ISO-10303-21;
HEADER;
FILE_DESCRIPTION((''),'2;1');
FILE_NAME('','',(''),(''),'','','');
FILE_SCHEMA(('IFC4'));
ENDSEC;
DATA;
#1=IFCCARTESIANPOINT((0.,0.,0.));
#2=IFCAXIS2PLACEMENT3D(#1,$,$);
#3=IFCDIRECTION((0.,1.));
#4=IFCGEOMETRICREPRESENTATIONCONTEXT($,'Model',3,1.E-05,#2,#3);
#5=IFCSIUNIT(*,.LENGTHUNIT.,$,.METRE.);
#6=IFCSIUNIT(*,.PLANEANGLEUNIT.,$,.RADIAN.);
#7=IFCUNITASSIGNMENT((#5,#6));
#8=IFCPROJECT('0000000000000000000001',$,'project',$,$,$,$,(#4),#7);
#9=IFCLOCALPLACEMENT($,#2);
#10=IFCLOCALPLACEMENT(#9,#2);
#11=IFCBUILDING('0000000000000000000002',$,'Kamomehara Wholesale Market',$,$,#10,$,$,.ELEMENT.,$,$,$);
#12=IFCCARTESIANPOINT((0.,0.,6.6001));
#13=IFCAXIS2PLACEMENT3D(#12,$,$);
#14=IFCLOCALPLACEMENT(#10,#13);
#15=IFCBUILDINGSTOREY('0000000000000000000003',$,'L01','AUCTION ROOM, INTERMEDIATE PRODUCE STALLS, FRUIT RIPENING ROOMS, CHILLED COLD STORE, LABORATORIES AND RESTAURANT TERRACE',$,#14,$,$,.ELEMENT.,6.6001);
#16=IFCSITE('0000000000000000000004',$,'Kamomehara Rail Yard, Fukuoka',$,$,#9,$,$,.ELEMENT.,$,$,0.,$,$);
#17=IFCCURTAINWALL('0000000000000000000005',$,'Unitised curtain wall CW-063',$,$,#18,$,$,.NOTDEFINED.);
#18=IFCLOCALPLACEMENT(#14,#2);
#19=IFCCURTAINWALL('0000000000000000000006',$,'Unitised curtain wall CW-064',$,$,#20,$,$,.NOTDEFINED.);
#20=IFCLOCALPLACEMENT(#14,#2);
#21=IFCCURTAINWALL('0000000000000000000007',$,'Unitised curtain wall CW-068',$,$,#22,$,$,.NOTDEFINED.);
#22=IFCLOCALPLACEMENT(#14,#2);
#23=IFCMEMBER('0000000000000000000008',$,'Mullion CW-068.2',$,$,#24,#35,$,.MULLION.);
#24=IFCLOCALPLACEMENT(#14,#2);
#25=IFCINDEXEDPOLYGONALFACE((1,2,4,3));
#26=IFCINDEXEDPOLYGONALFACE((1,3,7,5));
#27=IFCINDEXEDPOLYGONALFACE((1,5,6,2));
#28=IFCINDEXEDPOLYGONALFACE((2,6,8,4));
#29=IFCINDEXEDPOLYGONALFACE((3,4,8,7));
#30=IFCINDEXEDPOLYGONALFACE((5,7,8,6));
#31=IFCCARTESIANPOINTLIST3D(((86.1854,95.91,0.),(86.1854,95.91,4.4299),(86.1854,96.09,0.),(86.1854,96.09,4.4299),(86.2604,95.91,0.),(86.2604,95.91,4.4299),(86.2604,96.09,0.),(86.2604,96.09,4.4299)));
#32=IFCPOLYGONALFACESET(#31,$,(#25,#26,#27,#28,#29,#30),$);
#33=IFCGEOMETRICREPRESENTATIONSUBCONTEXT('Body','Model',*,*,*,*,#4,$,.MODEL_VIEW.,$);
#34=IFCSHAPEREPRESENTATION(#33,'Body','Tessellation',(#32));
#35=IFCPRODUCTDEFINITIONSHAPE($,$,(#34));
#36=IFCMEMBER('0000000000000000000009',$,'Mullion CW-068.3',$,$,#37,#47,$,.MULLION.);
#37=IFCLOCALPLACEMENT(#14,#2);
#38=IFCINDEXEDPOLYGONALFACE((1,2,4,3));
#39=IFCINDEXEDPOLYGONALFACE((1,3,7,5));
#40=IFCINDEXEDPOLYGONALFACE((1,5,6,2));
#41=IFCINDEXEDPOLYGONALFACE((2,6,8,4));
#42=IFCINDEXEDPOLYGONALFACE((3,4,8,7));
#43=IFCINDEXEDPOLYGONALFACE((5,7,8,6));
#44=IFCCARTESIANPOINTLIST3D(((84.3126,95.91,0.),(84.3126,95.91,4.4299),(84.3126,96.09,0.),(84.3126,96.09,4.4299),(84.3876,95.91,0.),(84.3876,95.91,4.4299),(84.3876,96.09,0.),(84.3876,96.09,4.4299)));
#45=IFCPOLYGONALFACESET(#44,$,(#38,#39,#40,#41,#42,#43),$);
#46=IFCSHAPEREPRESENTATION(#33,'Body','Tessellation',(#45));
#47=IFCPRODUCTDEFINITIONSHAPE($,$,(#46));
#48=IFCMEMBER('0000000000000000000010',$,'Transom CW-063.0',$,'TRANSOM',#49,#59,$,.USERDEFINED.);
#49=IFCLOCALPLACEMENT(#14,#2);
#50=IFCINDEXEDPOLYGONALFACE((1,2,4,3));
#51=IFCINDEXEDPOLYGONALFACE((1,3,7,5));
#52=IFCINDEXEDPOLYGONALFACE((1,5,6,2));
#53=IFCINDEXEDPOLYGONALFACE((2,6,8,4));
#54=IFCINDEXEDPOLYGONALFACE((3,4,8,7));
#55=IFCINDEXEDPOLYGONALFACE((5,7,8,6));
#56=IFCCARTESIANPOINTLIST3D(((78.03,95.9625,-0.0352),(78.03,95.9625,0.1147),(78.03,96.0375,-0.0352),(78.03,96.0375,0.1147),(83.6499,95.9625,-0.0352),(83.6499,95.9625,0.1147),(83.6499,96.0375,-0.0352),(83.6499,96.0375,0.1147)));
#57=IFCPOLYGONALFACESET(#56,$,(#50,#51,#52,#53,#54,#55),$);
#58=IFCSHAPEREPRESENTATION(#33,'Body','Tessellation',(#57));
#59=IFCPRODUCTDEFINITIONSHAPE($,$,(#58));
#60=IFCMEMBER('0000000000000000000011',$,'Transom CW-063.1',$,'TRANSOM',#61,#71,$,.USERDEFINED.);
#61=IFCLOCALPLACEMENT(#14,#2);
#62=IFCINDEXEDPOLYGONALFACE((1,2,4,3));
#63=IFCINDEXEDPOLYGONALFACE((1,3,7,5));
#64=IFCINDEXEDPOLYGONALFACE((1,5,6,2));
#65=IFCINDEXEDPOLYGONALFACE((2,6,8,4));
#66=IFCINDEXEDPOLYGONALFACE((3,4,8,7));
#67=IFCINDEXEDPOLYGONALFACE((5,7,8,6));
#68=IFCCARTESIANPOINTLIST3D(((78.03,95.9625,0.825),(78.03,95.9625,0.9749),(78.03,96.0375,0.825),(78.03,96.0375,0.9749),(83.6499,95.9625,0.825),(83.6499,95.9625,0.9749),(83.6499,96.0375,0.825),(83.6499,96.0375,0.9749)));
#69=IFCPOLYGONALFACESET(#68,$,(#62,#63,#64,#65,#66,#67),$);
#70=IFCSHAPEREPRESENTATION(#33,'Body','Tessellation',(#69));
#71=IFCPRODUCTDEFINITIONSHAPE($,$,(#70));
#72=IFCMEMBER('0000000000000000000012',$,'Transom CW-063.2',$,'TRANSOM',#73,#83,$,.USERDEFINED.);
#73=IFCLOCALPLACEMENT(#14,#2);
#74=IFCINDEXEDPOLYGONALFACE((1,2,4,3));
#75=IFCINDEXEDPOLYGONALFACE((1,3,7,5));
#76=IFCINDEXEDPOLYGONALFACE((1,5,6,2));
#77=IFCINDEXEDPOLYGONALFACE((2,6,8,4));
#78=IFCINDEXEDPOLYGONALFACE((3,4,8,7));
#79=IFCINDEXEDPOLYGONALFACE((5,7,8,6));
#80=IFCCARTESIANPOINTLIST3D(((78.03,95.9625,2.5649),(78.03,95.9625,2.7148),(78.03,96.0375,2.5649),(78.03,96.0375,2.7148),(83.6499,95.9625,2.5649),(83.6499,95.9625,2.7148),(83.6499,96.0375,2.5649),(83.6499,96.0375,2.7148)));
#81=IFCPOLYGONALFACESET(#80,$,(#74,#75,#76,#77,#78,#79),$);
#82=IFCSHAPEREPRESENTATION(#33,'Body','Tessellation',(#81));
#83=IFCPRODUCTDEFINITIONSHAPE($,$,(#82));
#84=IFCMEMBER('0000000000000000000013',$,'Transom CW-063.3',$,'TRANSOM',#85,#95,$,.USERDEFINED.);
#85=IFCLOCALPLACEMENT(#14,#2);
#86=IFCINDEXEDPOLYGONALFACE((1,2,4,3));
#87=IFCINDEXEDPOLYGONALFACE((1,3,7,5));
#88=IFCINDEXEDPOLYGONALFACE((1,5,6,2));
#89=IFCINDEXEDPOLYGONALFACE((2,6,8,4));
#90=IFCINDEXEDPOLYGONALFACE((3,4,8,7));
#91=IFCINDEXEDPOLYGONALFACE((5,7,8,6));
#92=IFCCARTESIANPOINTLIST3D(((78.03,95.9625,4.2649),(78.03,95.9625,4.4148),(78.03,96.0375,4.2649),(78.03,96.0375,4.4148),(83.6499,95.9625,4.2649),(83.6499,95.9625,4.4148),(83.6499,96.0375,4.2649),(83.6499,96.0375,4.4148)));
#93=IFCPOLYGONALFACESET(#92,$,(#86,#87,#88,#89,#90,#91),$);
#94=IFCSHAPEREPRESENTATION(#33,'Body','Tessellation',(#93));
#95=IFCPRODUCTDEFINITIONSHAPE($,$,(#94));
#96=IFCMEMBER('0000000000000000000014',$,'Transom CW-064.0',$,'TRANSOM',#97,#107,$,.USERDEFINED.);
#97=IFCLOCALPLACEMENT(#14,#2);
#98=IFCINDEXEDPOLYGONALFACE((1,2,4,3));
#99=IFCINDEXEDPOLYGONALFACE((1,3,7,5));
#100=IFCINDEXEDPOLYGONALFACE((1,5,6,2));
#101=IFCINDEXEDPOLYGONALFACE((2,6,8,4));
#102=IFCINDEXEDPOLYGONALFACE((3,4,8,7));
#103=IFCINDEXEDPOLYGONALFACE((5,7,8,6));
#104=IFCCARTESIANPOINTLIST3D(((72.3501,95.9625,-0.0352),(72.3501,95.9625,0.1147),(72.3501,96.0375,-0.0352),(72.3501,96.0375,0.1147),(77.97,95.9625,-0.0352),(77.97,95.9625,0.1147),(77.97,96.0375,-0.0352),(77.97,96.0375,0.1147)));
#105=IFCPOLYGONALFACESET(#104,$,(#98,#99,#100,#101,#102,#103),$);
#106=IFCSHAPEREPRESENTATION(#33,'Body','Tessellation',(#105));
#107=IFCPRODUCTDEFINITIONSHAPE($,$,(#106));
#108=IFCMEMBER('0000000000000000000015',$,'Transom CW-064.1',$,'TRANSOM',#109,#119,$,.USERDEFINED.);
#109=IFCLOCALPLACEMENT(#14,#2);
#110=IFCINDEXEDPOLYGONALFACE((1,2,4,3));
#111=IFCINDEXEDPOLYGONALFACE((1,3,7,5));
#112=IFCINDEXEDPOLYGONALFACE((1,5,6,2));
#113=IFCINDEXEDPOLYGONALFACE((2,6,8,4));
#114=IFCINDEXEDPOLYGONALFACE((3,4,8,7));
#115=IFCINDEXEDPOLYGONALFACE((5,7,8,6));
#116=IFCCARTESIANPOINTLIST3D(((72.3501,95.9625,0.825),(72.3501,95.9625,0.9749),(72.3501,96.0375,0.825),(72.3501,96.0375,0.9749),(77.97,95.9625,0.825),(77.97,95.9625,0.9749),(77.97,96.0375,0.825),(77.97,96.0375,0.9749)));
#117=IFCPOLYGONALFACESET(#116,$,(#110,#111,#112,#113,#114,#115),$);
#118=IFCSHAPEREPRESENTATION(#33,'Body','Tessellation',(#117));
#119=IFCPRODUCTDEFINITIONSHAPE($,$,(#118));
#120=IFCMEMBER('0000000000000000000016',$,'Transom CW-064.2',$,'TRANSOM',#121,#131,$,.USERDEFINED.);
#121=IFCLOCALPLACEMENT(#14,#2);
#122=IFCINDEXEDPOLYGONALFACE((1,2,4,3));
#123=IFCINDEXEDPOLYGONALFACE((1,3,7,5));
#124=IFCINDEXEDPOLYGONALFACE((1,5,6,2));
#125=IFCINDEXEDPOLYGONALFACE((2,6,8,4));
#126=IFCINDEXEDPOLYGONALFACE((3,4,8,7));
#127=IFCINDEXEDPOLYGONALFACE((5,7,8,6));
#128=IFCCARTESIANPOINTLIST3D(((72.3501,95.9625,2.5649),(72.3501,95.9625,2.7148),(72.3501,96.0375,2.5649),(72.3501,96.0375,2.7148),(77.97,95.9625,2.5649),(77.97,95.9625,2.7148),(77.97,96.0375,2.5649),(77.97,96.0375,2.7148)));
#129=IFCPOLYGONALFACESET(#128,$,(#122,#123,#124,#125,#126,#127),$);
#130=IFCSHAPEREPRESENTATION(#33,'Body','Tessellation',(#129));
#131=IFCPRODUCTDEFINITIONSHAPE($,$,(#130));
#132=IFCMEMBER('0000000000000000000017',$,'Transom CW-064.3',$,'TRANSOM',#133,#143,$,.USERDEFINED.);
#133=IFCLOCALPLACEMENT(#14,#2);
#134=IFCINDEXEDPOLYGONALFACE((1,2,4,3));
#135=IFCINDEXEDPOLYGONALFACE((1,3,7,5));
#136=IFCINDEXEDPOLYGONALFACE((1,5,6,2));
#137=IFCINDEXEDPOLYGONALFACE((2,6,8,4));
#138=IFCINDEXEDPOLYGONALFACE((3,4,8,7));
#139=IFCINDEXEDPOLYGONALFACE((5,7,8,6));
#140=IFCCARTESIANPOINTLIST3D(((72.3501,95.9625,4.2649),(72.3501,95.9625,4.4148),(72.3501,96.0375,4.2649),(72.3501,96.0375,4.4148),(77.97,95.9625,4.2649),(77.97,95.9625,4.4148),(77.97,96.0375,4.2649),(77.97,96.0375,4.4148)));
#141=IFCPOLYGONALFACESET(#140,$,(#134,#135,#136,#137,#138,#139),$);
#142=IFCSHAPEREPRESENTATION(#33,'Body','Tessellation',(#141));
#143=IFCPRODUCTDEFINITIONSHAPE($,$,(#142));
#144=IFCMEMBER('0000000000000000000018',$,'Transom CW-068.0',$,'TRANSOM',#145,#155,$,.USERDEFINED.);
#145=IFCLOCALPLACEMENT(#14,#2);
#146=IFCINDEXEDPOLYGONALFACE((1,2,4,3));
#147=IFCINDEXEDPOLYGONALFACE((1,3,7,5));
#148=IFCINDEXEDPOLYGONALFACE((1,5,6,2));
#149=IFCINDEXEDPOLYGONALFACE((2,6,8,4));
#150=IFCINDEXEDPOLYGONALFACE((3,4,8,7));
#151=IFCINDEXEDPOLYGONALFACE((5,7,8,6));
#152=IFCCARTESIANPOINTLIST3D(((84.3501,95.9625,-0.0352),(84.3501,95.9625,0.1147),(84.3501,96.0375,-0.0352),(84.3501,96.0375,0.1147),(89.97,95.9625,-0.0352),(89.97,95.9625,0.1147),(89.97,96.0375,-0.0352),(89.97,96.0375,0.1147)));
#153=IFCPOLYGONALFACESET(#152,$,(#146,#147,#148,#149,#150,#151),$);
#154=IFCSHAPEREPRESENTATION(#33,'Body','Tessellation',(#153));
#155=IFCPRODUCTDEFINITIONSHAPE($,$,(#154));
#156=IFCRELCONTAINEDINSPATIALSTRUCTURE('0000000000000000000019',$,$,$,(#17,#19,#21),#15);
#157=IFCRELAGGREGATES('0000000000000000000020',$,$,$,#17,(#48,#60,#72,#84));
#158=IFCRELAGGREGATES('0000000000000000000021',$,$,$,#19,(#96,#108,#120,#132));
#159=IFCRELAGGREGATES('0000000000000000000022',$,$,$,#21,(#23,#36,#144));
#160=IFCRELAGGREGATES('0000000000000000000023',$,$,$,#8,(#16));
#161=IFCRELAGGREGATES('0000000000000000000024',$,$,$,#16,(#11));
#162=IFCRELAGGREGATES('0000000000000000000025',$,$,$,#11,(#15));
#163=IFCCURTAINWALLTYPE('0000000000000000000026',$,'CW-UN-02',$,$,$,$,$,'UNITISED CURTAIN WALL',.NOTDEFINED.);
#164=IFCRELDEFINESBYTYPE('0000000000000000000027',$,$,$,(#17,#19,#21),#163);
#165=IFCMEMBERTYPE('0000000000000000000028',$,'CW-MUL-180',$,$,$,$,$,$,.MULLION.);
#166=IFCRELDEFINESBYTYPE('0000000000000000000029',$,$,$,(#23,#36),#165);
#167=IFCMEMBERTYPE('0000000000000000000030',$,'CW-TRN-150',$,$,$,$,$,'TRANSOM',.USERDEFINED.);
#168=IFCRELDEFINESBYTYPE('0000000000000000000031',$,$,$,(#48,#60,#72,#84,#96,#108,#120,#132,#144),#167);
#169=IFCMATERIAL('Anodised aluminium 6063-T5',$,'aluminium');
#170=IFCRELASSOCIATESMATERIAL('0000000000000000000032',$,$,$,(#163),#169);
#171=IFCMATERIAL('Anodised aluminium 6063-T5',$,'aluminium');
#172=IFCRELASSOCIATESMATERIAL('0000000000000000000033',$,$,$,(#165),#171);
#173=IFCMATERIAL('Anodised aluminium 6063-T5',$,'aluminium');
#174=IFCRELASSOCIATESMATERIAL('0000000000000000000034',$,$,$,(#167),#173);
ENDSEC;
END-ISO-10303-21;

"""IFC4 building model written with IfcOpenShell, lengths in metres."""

from ifc_helpers import new_model, si_unit, direction, frame, origin, origin_2d, place, context, subcontext, project, spatial, rectangle, extrude, material, material_profile, profile_set, type_object, element, aggregate, save


model = new_model("IFC4")

# Units and contexts
model_context = context("Model", 3, precision=1e-05, world=origin(), true_north=direction((0.0, 1.0)))
body_context = subcontext(model_context, "Body", "Model", "MODEL_VIEW")
ifc_project = project(units=[si_unit("LENGTHUNIT", "METRE"), si_unit("PLANEANGLEUNIT", "RADIAN")], contexts=[model_context])

# Site, building, storey
site_placement = place(None, origin())
site = spatial("IfcSite", under=ifc_project, at=site_placement, Name="Kamomehara Rail Yard, Fukuoka", CompositionType="ELEMENT", RefElevation=0.0)
building_placement = place(site_placement, origin())
building = spatial("IfcBuilding", under=site, at=building_placement, Name="Kamomehara Wholesale Market", CompositionType="ELEMENT")
storey_placement = place(building_placement, frame((0.0, 0.0, 6.6001)))
storey = spatial("IfcBuildingStorey", under=building, at=storey_placement, Name="L01", Description="AUCTION ROOM, INTERMEDIATE PRODUCE STALLS, FRUIT RIPENING ROOMS, CHILLED COLD STORE, LABORATORIES AND RESTAURANT TERRACE", CompositionType="ELEMENT", Elevation=6.6001)

# Curtain walls, members
ifc_material_1 = material(Name="Anodised aluminium 6063-T5", Category="aluminium")
curtain_wall_type = type_object("IfcCurtainWallType", Name="CW-UN-02", ElementType="UNITISED CURTAIN WALL", PredefinedType="NOTDEFINED", material=ifc_material_1)
curtain_wall_1_placement = place(storey_placement, origin())
curtain_wall_1 = element("IfcCurtainWall", 1, at=curtain_wall_1_placement, inside=storey, type_object=curtain_wall_type, Name="Unitised curtain wall CW-063", PredefinedType="NOTDEFINED")
ifc_material_2 = material(Name="Anodised aluminium 6063-T5", Category="aluminium")
ifc_material_profile_1 = material_profile(ifc_material_2, rectangle(XDim=0.075, YDim=0.1799, at=origin_2d()), Name="ALU-MUL-75x180")
ifc_profile_set_1 = profile_set([ifc_material_profile_1], Name="Anodised aluminium 6063-T5")
member_type_1 = type_object("IfcMemberType", Name="CW-MUL-180", PredefinedType="MULLION", material=ifc_profile_set_1)
curtain_wall_2_placement = place(storey_placement, origin())
curtain_wall_2 = element("IfcCurtainWall", 2, at=curtain_wall_2_placement, inside=storey, type_object=curtain_wall_type, Name="Unitised curtain wall CW-064", PredefinedType="NOTDEFINED")
curtain_wall_3_placement = place(storey_placement, origin())
curtain_wall_3 = element("IfcCurtainWall", 3, at=curtain_wall_3_placement, inside=storey, type_object=curtain_wall_type, Name="Unitised curtain wall CW-068", PredefinedType="NOTDEFINED")
member_1_placement = place(storey_placement, frame((86.2229, 96.0, 0.0), z_axis=(0.0, 0.0, 1.0), x_axis=(-1.0, 0.0, 0.0)))
member_1 = element("IfcMember", 4, at=member_1_placement, type_object=member_type_1, Name="Mullion CW-068.2", PredefinedType="MULLION", context=body_context, shape_type="SweptSolid", body=[
    extrude(rectangle(XDim=0.075, YDim=0.1799, at=origin_2d()), origin(), (0.0, 0.0, 1.0), 4.4299),
])
member_2_placement = place(storey_placement, frame((84.3501, 96.0, 0.0), z_axis=(0.0, 0.0, 1.0), x_axis=(-1.0, 0.0, 0.0)))
member_2 = element("IfcMember", 5, at=member_2_placement, type_object=member_type_1, Name="Mullion CW-068.3", PredefinedType="MULLION", context=body_context, shape_type="SweptSolid", body=[
    extrude(rectangle(XDim=0.075, YDim=0.1799, at=origin_2d()), origin(), (0.0, 0.0, 1.0), 4.4299),
])

# Members
ifc_material_3 = material(Name="Anodised aluminium 6063-T5", Category="aluminium")
ifc_material_profile_2 = material_profile(ifc_material_3, rectangle(XDim=0.075, YDim=0.1499, at=origin_2d()), Name="ALU-TRN-75x150")
ifc_profile_set_2 = profile_set([ifc_material_profile_2], Name="Anodised aluminium 6063-T5")
member_type_2 = type_object("IfcMemberType", Name="CW-TRN-150", ElementType="TRANSOM", PredefinedType="USERDEFINED", material=ifc_profile_set_2)
member_3_placement = place(storey_placement, frame((83.6499, 96.0, 0.0398), z_axis=(-1.0, 0.0, 0.0), x_axis=(0.0, -1.0, 0.0)))
member_3 = element("IfcMember", 6, at=member_3_placement, type_object=member_type_2, Name="Transom CW-063.0", ObjectType="TRANSOM", PredefinedType="USERDEFINED", context=body_context, shape_type="SweptSolid", body=[
    extrude(rectangle(XDim=0.075, YDim=0.1499, at=origin_2d()), origin(), (0.0, 0.0, 1.0), 5.6199),
])
member_4_placement = place(storey_placement, frame((83.6499, 96.0, 0.8999), z_axis=(-1.0, 0.0, 0.0), x_axis=(0.0, -1.0, 0.0)))
member_4 = element("IfcMember", 7, at=member_4_placement, type_object=member_type_2, Name="Transom CW-063.1", ObjectType="TRANSOM", PredefinedType="USERDEFINED", context=body_context, shape_type="SweptSolid", body=[
    extrude(rectangle(XDim=0.075, YDim=0.1499, at=origin_2d()), origin(), (0.0, 0.0, 1.0), 5.6199),
])
member_5_placement = place(storey_placement, frame((83.6499, 96.0, 2.6399), z_axis=(-1.0, 0.0, 0.0), x_axis=(0.0, -1.0, 0.0)))
member_5 = element("IfcMember", 8, at=member_5_placement, type_object=member_type_2, Name="Transom CW-063.2", ObjectType="TRANSOM", PredefinedType="USERDEFINED", context=body_context, shape_type="SweptSolid", body=[
    extrude(rectangle(XDim=0.075, YDim=0.1499, at=origin_2d()), origin(), (0.0, 0.0, 1.0), 5.6199),
])
member_6_placement = place(storey_placement, frame((83.6499, 96.0, 4.3398), z_axis=(-1.0, 0.0, 0.0), x_axis=(0.0, -1.0, 0.0)))
member_6 = element("IfcMember", 9, at=member_6_placement, type_object=member_type_2, Name="Transom CW-063.3", ObjectType="TRANSOM", PredefinedType="USERDEFINED", context=body_context, shape_type="SweptSolid", body=[
    extrude(rectangle(XDim=0.075, YDim=0.1499, at=origin_2d()), origin(), (0.0, 0.0, 1.0), 5.6199),
])
aggregate(curtain_wall_1, [member_3, member_4, member_5, member_6])
member_7_placement = place(storey_placement, frame((77.97, 96.0, 0.0398), z_axis=(-1.0, 0.0, 0.0), x_axis=(0.0, -1.0, 0.0)))
member_7 = element("IfcMember", 10, at=member_7_placement, type_object=member_type_2, Name="Transom CW-064.0", ObjectType="TRANSOM", PredefinedType="USERDEFINED", context=body_context, shape_type="SweptSolid", body=[
    extrude(rectangle(XDim=0.075, YDim=0.1499, at=origin_2d()), origin(), (0.0, 0.0, 1.0), 5.6199),
])
member_8_placement = place(storey_placement, frame((77.97, 96.0, 0.8999), z_axis=(-1.0, 0.0, 0.0), x_axis=(0.0, -1.0, 0.0)))
member_8 = element("IfcMember", 11, at=member_8_placement, type_object=member_type_2, Name="Transom CW-064.1", ObjectType="TRANSOM", PredefinedType="USERDEFINED", context=body_context, shape_type="SweptSolid", body=[
    extrude(rectangle(XDim=0.075, YDim=0.1499, at=origin_2d()), origin(), (0.0, 0.0, 1.0), 5.6199),
])
member_9_placement = place(storey_placement, frame((77.97, 96.0, 2.6399), z_axis=(-1.0, 0.0, 0.0), x_axis=(0.0, -1.0, 0.0)))
member_9 = element("IfcMember", 12, at=member_9_placement, type_object=member_type_2, Name="Transom CW-064.2", ObjectType="TRANSOM", PredefinedType="USERDEFINED", context=body_context, shape_type="SweptSolid", body=[
    extrude(rectangle(XDim=0.075, YDim=0.1499, at=origin_2d()), origin(), (0.0, 0.0, 1.0), 5.6199),
])
member_10_placement = place(storey_placement, frame((77.97, 96.0, 4.3398), z_axis=(-1.0, 0.0, 0.0), x_axis=(0.0, -1.0, 0.0)))
member_10 = element("IfcMember", 13, at=member_10_placement, type_object=member_type_2, Name="Transom CW-064.3", ObjectType="TRANSOM", PredefinedType="USERDEFINED", context=body_context, shape_type="SweptSolid", body=[
    extrude(rectangle(XDim=0.075, YDim=0.1499, at=origin_2d()), origin(), (0.0, 0.0, 1.0), 5.6199),
])
aggregate(curtain_wall_2, [member_7, member_8, member_9, member_10])
member_11_placement = place(storey_placement, frame((89.97, 96.0, 0.0398), z_axis=(-1.0, 0.0, 0.0), x_axis=(0.0, -1.0, 0.0)))
member_11 = element("IfcMember", 14, at=member_11_placement, type_object=member_type_2, Name="Transom CW-068.0", ObjectType="TRANSOM", PredefinedType="USERDEFINED", context=body_context, shape_type="SweptSolid", body=[
    extrude(rectangle(XDim=0.075, YDim=0.1499, at=origin_2d()), origin(), (0.0, 0.0, 1.0), 5.6199),
])
aggregate(curtain_wall_3, [member_1, member_2, member_11])

save(model, "model.ifc")
